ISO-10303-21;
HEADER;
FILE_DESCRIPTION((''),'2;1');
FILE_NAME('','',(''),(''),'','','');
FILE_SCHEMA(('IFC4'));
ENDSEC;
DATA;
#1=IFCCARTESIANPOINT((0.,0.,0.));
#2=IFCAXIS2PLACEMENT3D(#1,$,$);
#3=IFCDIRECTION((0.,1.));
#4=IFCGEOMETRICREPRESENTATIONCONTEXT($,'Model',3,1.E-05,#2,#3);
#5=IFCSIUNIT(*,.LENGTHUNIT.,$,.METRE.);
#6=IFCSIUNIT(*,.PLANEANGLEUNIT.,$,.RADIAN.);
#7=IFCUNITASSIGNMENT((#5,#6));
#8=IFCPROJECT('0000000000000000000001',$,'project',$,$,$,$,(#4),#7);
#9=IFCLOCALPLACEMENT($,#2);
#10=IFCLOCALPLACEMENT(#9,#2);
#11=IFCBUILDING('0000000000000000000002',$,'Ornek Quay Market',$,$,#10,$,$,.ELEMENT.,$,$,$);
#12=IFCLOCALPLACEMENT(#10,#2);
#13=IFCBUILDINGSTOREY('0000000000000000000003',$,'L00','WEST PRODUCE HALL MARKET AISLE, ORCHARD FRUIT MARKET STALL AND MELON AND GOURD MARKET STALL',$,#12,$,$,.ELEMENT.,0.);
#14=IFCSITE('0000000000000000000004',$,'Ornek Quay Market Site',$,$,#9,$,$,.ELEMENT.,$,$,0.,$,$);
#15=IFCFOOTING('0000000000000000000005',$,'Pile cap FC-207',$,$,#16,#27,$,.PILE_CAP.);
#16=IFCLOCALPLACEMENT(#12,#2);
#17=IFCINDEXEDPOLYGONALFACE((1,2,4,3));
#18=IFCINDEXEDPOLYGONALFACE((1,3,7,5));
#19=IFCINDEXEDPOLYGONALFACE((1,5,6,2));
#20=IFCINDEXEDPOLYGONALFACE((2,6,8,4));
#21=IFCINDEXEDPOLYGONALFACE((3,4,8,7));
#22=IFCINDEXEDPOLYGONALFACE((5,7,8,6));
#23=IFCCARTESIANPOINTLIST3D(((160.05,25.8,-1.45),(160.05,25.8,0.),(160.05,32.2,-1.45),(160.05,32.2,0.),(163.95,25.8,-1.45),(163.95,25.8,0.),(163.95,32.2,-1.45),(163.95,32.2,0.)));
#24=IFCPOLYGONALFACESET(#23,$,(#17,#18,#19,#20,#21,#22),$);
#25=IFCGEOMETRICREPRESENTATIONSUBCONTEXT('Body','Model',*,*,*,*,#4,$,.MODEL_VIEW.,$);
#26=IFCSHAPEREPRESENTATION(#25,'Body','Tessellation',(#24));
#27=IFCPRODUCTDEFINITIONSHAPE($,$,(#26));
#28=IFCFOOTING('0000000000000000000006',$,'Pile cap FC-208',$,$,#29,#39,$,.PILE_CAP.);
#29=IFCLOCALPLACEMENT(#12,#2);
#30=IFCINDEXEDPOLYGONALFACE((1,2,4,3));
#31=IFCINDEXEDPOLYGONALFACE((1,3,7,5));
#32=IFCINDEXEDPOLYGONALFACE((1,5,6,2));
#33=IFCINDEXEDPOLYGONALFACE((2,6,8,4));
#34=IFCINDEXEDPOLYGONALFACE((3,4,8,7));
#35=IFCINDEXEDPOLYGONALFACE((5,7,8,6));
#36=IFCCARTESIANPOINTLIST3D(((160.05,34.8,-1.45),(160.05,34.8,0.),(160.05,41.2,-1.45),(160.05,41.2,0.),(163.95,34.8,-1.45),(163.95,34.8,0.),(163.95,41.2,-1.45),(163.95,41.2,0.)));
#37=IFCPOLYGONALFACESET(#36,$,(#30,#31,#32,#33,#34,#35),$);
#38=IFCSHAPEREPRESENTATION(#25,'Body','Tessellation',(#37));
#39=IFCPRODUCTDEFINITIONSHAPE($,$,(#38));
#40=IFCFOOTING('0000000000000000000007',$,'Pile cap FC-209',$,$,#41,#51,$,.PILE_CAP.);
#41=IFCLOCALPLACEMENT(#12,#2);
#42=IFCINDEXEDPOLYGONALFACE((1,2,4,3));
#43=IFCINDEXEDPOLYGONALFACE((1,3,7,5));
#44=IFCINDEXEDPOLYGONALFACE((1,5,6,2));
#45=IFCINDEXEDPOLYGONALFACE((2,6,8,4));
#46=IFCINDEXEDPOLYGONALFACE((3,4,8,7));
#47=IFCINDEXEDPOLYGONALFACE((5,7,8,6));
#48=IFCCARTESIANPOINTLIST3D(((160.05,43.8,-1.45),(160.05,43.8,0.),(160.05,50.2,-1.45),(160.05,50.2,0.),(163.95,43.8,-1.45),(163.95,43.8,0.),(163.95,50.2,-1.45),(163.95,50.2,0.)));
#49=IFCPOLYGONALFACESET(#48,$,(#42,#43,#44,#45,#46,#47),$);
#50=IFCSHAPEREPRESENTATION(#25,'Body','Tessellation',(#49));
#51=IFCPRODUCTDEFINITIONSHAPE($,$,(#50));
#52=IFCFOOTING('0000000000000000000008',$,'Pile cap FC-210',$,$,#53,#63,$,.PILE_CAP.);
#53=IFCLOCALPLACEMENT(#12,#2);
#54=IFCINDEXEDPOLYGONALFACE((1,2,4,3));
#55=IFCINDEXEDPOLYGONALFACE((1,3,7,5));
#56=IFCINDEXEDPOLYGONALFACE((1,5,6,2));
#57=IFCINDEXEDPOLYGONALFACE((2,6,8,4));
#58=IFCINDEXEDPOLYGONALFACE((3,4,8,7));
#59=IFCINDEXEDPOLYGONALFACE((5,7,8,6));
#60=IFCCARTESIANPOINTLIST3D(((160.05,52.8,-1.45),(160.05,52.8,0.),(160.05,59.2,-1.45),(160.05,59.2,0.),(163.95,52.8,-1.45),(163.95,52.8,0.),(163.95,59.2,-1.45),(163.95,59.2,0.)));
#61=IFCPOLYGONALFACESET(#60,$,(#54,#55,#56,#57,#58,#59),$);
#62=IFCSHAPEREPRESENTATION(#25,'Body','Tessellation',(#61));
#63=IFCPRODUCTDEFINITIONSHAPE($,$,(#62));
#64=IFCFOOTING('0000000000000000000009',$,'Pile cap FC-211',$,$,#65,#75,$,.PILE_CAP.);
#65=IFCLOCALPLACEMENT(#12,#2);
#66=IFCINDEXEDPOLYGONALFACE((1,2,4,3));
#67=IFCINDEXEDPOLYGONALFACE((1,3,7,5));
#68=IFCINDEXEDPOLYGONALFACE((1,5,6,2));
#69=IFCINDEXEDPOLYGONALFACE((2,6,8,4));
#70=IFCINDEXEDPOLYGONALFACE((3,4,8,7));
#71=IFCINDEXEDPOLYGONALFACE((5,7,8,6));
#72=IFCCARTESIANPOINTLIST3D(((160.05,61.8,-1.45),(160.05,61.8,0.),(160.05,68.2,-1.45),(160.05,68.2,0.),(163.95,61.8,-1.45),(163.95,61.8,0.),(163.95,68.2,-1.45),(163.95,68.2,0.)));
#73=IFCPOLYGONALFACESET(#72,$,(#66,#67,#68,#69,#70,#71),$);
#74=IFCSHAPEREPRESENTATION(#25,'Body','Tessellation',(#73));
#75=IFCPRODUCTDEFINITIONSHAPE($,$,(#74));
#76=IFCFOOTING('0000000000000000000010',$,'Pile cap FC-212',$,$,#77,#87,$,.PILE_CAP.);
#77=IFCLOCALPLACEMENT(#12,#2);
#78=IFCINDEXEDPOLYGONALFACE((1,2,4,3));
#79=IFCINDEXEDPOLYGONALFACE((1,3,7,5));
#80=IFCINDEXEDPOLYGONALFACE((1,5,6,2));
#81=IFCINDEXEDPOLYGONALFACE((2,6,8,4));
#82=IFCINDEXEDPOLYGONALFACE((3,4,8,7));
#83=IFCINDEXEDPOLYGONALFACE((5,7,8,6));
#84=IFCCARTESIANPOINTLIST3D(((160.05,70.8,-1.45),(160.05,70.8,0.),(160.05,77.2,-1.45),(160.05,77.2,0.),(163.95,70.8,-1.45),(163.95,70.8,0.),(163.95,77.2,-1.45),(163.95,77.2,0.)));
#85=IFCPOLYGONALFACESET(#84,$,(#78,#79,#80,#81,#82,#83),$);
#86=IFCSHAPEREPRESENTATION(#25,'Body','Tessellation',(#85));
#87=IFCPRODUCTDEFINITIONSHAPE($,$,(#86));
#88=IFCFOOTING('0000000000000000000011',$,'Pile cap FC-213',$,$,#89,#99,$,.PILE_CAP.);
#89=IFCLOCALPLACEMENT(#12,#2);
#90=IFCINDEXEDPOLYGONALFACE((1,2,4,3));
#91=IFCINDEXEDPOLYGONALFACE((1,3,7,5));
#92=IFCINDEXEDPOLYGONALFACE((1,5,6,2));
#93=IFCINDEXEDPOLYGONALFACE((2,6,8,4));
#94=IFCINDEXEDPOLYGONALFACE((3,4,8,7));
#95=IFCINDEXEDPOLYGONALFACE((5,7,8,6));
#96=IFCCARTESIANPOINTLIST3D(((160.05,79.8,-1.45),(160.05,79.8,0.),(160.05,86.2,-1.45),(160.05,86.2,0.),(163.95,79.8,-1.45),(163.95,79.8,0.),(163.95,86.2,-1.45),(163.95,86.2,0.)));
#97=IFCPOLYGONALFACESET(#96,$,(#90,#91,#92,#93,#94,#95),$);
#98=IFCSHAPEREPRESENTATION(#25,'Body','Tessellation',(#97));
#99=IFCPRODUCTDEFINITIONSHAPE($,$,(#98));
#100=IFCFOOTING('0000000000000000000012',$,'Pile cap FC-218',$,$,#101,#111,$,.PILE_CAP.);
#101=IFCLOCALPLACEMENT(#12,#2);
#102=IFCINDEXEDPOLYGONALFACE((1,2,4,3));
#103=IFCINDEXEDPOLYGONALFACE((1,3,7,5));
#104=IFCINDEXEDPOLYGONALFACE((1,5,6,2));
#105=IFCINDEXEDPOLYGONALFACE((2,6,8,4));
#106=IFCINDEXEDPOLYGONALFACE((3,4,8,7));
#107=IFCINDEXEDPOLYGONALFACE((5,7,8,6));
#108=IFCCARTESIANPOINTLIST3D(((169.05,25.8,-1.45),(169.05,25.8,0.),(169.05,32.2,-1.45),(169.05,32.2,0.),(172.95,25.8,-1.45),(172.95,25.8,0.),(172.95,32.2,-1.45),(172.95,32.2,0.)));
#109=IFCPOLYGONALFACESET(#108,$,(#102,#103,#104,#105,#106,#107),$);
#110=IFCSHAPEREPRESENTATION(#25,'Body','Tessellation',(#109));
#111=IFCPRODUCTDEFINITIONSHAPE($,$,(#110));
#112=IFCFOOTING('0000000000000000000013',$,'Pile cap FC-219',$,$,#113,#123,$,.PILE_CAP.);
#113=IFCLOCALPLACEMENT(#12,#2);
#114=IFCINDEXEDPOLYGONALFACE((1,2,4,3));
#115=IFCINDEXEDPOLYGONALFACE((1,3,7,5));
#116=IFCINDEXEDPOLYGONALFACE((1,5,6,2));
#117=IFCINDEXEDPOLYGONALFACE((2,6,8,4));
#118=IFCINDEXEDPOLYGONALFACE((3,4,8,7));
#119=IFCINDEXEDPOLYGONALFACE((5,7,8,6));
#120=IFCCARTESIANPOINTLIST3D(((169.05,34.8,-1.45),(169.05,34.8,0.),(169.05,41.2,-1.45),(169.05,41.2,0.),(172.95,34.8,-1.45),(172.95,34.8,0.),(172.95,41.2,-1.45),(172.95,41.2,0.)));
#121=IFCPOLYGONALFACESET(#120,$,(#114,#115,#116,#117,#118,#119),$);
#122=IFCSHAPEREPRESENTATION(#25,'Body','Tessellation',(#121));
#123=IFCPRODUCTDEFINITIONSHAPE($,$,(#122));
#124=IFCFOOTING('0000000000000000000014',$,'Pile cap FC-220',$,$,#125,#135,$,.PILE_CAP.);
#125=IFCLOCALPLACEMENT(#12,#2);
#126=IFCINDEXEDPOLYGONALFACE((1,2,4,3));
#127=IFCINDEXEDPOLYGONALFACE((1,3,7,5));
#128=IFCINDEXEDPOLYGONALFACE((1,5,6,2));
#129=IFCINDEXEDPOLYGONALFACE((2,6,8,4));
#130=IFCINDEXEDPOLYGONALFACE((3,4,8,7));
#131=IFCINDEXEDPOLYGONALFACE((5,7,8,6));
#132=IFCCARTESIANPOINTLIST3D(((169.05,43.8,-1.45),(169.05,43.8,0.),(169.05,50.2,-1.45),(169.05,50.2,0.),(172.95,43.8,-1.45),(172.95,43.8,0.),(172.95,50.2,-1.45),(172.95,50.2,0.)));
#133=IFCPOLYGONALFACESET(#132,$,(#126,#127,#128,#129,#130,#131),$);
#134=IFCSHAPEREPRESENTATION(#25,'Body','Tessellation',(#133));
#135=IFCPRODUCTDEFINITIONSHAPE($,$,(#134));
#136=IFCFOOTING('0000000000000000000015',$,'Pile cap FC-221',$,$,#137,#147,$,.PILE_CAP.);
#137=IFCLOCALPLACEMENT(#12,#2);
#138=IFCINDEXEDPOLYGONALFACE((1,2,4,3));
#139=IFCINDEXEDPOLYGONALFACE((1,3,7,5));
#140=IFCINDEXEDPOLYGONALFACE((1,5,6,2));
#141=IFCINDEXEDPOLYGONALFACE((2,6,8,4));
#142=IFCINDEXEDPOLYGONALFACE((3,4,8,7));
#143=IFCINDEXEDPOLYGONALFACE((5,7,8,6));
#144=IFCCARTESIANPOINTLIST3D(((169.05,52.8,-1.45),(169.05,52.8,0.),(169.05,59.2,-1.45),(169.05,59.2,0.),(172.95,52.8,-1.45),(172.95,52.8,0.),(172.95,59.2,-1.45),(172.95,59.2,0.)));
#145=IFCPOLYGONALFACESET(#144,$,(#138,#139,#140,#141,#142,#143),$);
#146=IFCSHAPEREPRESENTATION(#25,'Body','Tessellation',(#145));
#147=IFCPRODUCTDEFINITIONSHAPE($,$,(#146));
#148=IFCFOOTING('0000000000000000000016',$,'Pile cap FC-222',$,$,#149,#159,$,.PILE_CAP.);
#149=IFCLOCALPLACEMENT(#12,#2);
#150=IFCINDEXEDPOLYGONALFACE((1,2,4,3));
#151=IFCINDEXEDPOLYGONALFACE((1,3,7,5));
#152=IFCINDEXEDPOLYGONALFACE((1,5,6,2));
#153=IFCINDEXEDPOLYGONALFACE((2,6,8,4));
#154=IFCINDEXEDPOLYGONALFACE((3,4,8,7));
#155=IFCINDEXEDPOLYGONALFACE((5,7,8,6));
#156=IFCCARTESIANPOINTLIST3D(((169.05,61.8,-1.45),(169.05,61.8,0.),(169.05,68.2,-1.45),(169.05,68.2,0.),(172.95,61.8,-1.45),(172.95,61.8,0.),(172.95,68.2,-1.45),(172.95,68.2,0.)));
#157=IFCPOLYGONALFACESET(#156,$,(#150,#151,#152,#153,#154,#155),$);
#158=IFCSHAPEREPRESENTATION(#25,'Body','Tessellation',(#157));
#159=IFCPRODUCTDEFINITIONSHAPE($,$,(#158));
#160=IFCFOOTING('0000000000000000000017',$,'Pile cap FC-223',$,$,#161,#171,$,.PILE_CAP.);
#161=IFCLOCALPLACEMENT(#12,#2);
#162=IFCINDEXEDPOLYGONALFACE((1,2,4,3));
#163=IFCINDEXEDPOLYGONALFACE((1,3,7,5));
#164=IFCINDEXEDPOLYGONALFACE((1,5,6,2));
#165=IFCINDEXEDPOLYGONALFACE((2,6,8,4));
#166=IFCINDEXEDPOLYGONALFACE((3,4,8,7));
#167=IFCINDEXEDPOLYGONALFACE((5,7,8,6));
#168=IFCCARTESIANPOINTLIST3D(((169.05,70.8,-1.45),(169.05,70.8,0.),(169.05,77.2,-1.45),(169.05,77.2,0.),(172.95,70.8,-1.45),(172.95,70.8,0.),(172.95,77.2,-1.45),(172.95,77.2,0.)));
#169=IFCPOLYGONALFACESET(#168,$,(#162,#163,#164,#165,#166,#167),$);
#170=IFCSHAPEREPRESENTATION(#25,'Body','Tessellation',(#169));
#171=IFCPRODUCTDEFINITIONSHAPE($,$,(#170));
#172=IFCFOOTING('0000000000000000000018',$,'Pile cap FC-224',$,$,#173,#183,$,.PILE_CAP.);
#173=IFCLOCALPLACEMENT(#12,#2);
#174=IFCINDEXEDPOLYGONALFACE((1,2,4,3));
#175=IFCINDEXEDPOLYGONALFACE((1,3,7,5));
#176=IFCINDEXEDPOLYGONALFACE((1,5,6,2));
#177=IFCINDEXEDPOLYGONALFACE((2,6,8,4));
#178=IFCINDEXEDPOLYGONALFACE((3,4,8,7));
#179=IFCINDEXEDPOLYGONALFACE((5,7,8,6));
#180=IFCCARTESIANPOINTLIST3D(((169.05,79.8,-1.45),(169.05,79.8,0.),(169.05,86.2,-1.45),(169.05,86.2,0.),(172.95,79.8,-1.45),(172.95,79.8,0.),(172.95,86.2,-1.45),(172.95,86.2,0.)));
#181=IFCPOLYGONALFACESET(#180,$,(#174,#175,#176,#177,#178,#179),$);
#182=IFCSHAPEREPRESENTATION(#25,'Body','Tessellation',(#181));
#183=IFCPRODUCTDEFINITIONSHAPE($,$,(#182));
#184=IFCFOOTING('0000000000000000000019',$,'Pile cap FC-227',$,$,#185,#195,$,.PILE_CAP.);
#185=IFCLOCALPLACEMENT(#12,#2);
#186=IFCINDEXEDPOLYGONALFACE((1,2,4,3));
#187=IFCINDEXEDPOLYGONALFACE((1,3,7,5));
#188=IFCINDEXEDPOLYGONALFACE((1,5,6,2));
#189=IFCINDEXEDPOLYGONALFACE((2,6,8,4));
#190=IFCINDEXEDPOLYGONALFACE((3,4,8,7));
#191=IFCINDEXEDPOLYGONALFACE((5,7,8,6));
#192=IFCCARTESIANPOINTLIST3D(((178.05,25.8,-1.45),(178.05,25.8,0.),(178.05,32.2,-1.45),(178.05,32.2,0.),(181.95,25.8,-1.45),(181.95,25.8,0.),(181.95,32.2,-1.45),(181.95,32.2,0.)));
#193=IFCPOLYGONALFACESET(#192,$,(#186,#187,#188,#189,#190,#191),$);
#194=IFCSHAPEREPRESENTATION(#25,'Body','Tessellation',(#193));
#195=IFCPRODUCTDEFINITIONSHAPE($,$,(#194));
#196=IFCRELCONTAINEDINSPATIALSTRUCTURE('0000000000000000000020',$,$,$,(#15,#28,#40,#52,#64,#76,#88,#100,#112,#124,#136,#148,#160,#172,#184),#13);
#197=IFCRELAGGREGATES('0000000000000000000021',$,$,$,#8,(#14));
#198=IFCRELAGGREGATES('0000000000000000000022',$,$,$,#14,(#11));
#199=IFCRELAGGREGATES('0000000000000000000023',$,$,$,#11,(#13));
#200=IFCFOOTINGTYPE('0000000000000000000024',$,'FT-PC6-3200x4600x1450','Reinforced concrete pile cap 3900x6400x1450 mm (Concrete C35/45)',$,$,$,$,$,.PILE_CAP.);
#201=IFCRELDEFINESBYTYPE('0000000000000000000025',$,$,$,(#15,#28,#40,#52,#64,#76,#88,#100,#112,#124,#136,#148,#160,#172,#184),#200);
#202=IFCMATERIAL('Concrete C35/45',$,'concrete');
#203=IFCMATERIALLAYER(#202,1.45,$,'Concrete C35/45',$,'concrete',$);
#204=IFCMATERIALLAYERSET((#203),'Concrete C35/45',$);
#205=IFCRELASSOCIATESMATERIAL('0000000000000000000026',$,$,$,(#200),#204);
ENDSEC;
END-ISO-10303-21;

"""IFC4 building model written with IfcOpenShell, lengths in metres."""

from ifc_helpers import new_model, si_unit, direction, frame, origin, place, context, subcontext, project, spatial, polyline, outline, extrude, material, layer, layer_set, type_object, element, save


model = new_model("IFC4")

# Units and contexts
model_context = context("Model", 3, precision=1e-05, world=origin(), true_north=direction((0.0, 1.0)))
body_context = subcontext(model_context, "Body", "Model", "MODEL_VIEW")
ifc_project = project(units=[si_unit("LENGTHUNIT", "METRE"), si_unit("PLANEANGLEUNIT", "RADIAN")], contexts=[model_context])

# Site, building, storey
site_placement = place(None, origin())
site = spatial("IfcSite", under=ifc_project, at=site_placement, Name="Ornek Quay Market Site", CompositionType="ELEMENT", RefElevation=0.0)
building_placement = place(site_placement, origin())
building = spatial("IfcBuilding", under=site, at=building_placement, Name="Ornek Quay Market", CompositionType="ELEMENT")
storey_placement = place(building_placement, origin())
storey = spatial("IfcBuildingStorey", under=building, at=storey_placement, Name="L00", Description="WEST PRODUCE HALL MARKET AISLE, ORCHARD FRUIT MARKET STALL AND MELON AND GOURD MARKET STALL", CompositionType="ELEMENT", Elevation=0.0)

# Footings
ifc_material = material(Name="Concrete C35/45", Category="concrete")
ifc_layer_1 = layer(ifc_material, 1.45, Name="Concrete C35/45", Category="concrete")
ifc_layer_set_1 = layer_set([ifc_layer_1], Name="Concrete C35/45")
footing_type_1 = type_object("IfcFootingType", Name="FT-PC6-3200x4600x1450", Description="Reinforced concrete pile cap 3900x6400x1450 mm (Concrete C35/45)", PredefinedType="PILE_CAP", material=ifc_layer_set_1)
footing_1_placement = place(storey_placement, frame((0.0, 0.0, -1.45)))
element("IfcFooting", 1, at=footing_1_placement, inside=storey, type_object=footing_type_1, Name="Pile cap FC-207", PredefinedType="PILE_CAP", context=body_context, shape_type="SweptSolid", body=[
    extrude(outline(polyline([(160.05, 25.8), (163.95, 25.8), (163.95, 32.2), (160.05, 32.2), (160.05, 25.8)])), origin(), (0.0, 0.0, 1.0), 1.45),
])
footing_2_placement = place(storey_placement, frame((0.0, 0.0, -1.45)))
element("IfcFooting", 2, at=footing_2_placement, inside=storey, type_object=footing_type_1, Name="Pile cap FC-208", PredefinedType="PILE_CAP", context=body_context, shape_type="SweptSolid", body=[
    extrude(outline(polyline([(160.05, 34.8), (163.95, 34.8), (163.95, 41.2), (160.05, 41.2), (160.05, 34.8)])), origin(), (0.0, 0.0, 1.0), 1.45),
])
footing_3_placement = place(storey_placement, frame((0.0, 0.0, -1.45)))
element("IfcFooting", 3, at=footing_3_placement, inside=storey, type_object=footing_type_1, Name="Pile cap FC-209", PredefinedType="PILE_CAP", context=body_context, shape_type="SweptSolid", body=[
    extrude(outline(polyline([(160.05, 43.8), (163.95, 43.8), (163.95, 50.2), (160.05, 50.2), (160.05, 43.8)])), origin(), (0.0, 0.0, 1.0), 1.45),
])
footing_4_placement = place(storey_placement, frame((0.0, 0.0, -1.45)))
element("IfcFooting", 4, at=footing_4_placement, inside=storey, type_object=footing_type_1, Name="Pile cap FC-210", PredefinedType="PILE_CAP", context=body_context, shape_type="SweptSolid", body=[
    extrude(outline(polyline([(160.05, 52.8), (163.95, 52.8), (163.95, 59.2), (160.05, 59.2), (160.05, 52.8)])), origin(), (0.0, 0.0, 1.0), 1.45),
])
footing_5_placement = place(storey_placement, frame((0.0, 0.0, -1.45)))
element("IfcFooting", 5, at=footing_5_placement, inside=storey, type_object=footing_type_1, Name="Pile cap FC-211", PredefinedType="PILE_CAP", context=body_context, shape_type="SweptSolid", body=[
    extrude(outline(polyline([(160.05, 61.8), (163.95, 61.8), (163.95, 68.2), (160.05, 68.2), (160.05, 61.8)])), origin(), (0.0, 0.0, 1.0), 1.45),
])
footing_6_placement = place(storey_placement, frame((0.0, 0.0, -1.45)))
element("IfcFooting", 6, at=footing_6_placement, inside=storey, type_object=footing_type_1, Name="Pile cap FC-212", PredefinedType="PILE_CAP", context=body_context, shape_type="SweptSolid", body=[
    extrude(outline(polyline([(160.05, 70.8), (163.95, 70.8), (163.95, 77.2), (160.05, 77.2), (160.05, 70.8)])), origin(), (0.0, 0.0, 1.0), 1.45),
])
footing_7_placement = place(storey_placement, frame((0.0, 0.0, -1.45)))
element("IfcFooting", 7, at=footing_7_placement, inside=storey, type_object=footing_type_1, Name="Pile cap FC-213", PredefinedType="PILE_CAP", context=body_context, shape_type="SweptSolid", body=[
    extrude(outline(polyline([(160.05, 79.8), (163.95, 79.8), (163.95, 86.2), (160.05, 86.2), (160.05, 79.8)])), origin(), (0.0, 0.0, 1.0), 1.45),
])
footing_8_placement = place(storey_placement, frame((0.0, 0.0, -1.45)))
element("IfcFooting", 8, at=footing_8_placement, inside=storey, type_object=footing_type_1, Name="Pile cap FC-218", PredefinedType="PILE_CAP", context=body_context, shape_type="SweptSolid", body=[
    extrude(outline(polyline([(169.05, 25.8), (172.95, 25.8), (172.95, 32.2), (169.05, 32.2), (169.05, 25.8)])), origin(), (0.0, 0.0, 1.0), 1.45),
])
footing_9_placement = place(storey_placement, frame((0.0, 0.0, -1.45)))
element("IfcFooting", 9, at=footing_9_placement, inside=storey, type_object=footing_type_1, Name="Pile cap FC-219", PredefinedType="PILE_CAP", context=body_context, shape_type="SweptSolid", body=[
    extrude(outline(polyline([(169.05, 34.8), (172.95, 34.8), (172.95, 41.2), (169.05, 41.2), (169.05, 34.8)])), origin(), (0.0, 0.0, 1.0), 1.45),
])
footing_10_placement = place(storey_placement, frame((0.0, 0.0, -1.45)))
element("IfcFooting", 10, at=footing_10_placement, inside=storey, type_object=footing_type_1, Name="Pile cap FC-220", PredefinedType="PILE_CAP", context=body_context, shape_type="SweptSolid", body=[
    extrude(outline(polyline([(169.05, 43.8), (172.95, 43.8), (172.95, 50.2), (169.05, 50.2), (169.05, 43.8)])), origin(), (0.0, 0.0, 1.0), 1.45),
])
footing_11_placement = place(storey_placement, frame((0.0, 0.0, -1.45)))
element("IfcFooting", 11, at=footing_11_placement, inside=storey, type_object=footing_type_1, Name="Pile cap FC-221", PredefinedType="PILE_CAP", context=body_context, shape_type="SweptSolid", body=[
    extrude(outline(polyline([(169.05, 52.8), (172.95, 52.8), (172.95, 59.2), (169.05, 59.2), (169.05, 52.8)])), origin(), (0.0, 0.0, 1.0), 1.45),
])
footing_12_placement = place(storey_placement, frame((0.0, 0.0, -1.45)))
element("IfcFooting", 12, at=footing_12_placement, inside=storey, type_object=footing_type_1, Name="Pile cap FC-222", PredefinedType="PILE_CAP", context=body_context, shape_type="SweptSolid", body=[
    extrude(outline(polyline([(169.05, 61.8), (172.95, 61.8), (172.95, 68.2), (169.05, 68.2), (169.05, 61.8)])), origin(), (0.0, 0.0, 1.0), 1.45),
])
footing_13_placement = place(storey_placement, frame((0.0, 0.0, -1.45)))
element("IfcFooting", 13, at=footing_13_placement, inside=storey, type_object=footing_type_1, Name="Pile cap FC-223", PredefinedType="PILE_CAP", context=body_context, shape_type="SweptSolid", body=[
    extrude(outline(polyline([(169.05, 70.8), (172.95, 70.8), (172.95, 77.2), (169.05, 77.2), (169.05, 70.8)])), origin(), (0.0, 0.0, 1.0), 1.45),
])
footing_14_placement = place(storey_placement, frame((0.0, 0.0, -1.45)))
element("IfcFooting", 14, at=footing_14_placement, inside=storey, type_object=footing_type_1, Name="Pile cap FC-224", PredefinedType="PILE_CAP", context=body_context, shape_type="SweptSolid", body=[
    extrude(outline(polyline([(169.05, 79.8), (172.95, 79.8), (172.95, 86.2), (169.05, 86.2), (169.05, 79.8)])), origin(), (0.0, 0.0, 1.0), 1.45),
])
footing_15_placement = place(storey_placement, frame((0.0, 0.0, -1.45)))
element("IfcFooting", 15, at=footing_15_placement, inside=storey, type_object=footing_type_1, Name="Pile cap FC-227", PredefinedType="PILE_CAP", context=body_context, shape_type="SweptSolid", body=[
    extrude(outline(polyline([(178.05, 25.8), (181.95, 25.8), (181.95, 32.2), (178.05, 32.2), (178.05, 25.8)])), origin(), (0.0, 0.0, 1.0), 1.45),
])

save(model, "model.ifc")
